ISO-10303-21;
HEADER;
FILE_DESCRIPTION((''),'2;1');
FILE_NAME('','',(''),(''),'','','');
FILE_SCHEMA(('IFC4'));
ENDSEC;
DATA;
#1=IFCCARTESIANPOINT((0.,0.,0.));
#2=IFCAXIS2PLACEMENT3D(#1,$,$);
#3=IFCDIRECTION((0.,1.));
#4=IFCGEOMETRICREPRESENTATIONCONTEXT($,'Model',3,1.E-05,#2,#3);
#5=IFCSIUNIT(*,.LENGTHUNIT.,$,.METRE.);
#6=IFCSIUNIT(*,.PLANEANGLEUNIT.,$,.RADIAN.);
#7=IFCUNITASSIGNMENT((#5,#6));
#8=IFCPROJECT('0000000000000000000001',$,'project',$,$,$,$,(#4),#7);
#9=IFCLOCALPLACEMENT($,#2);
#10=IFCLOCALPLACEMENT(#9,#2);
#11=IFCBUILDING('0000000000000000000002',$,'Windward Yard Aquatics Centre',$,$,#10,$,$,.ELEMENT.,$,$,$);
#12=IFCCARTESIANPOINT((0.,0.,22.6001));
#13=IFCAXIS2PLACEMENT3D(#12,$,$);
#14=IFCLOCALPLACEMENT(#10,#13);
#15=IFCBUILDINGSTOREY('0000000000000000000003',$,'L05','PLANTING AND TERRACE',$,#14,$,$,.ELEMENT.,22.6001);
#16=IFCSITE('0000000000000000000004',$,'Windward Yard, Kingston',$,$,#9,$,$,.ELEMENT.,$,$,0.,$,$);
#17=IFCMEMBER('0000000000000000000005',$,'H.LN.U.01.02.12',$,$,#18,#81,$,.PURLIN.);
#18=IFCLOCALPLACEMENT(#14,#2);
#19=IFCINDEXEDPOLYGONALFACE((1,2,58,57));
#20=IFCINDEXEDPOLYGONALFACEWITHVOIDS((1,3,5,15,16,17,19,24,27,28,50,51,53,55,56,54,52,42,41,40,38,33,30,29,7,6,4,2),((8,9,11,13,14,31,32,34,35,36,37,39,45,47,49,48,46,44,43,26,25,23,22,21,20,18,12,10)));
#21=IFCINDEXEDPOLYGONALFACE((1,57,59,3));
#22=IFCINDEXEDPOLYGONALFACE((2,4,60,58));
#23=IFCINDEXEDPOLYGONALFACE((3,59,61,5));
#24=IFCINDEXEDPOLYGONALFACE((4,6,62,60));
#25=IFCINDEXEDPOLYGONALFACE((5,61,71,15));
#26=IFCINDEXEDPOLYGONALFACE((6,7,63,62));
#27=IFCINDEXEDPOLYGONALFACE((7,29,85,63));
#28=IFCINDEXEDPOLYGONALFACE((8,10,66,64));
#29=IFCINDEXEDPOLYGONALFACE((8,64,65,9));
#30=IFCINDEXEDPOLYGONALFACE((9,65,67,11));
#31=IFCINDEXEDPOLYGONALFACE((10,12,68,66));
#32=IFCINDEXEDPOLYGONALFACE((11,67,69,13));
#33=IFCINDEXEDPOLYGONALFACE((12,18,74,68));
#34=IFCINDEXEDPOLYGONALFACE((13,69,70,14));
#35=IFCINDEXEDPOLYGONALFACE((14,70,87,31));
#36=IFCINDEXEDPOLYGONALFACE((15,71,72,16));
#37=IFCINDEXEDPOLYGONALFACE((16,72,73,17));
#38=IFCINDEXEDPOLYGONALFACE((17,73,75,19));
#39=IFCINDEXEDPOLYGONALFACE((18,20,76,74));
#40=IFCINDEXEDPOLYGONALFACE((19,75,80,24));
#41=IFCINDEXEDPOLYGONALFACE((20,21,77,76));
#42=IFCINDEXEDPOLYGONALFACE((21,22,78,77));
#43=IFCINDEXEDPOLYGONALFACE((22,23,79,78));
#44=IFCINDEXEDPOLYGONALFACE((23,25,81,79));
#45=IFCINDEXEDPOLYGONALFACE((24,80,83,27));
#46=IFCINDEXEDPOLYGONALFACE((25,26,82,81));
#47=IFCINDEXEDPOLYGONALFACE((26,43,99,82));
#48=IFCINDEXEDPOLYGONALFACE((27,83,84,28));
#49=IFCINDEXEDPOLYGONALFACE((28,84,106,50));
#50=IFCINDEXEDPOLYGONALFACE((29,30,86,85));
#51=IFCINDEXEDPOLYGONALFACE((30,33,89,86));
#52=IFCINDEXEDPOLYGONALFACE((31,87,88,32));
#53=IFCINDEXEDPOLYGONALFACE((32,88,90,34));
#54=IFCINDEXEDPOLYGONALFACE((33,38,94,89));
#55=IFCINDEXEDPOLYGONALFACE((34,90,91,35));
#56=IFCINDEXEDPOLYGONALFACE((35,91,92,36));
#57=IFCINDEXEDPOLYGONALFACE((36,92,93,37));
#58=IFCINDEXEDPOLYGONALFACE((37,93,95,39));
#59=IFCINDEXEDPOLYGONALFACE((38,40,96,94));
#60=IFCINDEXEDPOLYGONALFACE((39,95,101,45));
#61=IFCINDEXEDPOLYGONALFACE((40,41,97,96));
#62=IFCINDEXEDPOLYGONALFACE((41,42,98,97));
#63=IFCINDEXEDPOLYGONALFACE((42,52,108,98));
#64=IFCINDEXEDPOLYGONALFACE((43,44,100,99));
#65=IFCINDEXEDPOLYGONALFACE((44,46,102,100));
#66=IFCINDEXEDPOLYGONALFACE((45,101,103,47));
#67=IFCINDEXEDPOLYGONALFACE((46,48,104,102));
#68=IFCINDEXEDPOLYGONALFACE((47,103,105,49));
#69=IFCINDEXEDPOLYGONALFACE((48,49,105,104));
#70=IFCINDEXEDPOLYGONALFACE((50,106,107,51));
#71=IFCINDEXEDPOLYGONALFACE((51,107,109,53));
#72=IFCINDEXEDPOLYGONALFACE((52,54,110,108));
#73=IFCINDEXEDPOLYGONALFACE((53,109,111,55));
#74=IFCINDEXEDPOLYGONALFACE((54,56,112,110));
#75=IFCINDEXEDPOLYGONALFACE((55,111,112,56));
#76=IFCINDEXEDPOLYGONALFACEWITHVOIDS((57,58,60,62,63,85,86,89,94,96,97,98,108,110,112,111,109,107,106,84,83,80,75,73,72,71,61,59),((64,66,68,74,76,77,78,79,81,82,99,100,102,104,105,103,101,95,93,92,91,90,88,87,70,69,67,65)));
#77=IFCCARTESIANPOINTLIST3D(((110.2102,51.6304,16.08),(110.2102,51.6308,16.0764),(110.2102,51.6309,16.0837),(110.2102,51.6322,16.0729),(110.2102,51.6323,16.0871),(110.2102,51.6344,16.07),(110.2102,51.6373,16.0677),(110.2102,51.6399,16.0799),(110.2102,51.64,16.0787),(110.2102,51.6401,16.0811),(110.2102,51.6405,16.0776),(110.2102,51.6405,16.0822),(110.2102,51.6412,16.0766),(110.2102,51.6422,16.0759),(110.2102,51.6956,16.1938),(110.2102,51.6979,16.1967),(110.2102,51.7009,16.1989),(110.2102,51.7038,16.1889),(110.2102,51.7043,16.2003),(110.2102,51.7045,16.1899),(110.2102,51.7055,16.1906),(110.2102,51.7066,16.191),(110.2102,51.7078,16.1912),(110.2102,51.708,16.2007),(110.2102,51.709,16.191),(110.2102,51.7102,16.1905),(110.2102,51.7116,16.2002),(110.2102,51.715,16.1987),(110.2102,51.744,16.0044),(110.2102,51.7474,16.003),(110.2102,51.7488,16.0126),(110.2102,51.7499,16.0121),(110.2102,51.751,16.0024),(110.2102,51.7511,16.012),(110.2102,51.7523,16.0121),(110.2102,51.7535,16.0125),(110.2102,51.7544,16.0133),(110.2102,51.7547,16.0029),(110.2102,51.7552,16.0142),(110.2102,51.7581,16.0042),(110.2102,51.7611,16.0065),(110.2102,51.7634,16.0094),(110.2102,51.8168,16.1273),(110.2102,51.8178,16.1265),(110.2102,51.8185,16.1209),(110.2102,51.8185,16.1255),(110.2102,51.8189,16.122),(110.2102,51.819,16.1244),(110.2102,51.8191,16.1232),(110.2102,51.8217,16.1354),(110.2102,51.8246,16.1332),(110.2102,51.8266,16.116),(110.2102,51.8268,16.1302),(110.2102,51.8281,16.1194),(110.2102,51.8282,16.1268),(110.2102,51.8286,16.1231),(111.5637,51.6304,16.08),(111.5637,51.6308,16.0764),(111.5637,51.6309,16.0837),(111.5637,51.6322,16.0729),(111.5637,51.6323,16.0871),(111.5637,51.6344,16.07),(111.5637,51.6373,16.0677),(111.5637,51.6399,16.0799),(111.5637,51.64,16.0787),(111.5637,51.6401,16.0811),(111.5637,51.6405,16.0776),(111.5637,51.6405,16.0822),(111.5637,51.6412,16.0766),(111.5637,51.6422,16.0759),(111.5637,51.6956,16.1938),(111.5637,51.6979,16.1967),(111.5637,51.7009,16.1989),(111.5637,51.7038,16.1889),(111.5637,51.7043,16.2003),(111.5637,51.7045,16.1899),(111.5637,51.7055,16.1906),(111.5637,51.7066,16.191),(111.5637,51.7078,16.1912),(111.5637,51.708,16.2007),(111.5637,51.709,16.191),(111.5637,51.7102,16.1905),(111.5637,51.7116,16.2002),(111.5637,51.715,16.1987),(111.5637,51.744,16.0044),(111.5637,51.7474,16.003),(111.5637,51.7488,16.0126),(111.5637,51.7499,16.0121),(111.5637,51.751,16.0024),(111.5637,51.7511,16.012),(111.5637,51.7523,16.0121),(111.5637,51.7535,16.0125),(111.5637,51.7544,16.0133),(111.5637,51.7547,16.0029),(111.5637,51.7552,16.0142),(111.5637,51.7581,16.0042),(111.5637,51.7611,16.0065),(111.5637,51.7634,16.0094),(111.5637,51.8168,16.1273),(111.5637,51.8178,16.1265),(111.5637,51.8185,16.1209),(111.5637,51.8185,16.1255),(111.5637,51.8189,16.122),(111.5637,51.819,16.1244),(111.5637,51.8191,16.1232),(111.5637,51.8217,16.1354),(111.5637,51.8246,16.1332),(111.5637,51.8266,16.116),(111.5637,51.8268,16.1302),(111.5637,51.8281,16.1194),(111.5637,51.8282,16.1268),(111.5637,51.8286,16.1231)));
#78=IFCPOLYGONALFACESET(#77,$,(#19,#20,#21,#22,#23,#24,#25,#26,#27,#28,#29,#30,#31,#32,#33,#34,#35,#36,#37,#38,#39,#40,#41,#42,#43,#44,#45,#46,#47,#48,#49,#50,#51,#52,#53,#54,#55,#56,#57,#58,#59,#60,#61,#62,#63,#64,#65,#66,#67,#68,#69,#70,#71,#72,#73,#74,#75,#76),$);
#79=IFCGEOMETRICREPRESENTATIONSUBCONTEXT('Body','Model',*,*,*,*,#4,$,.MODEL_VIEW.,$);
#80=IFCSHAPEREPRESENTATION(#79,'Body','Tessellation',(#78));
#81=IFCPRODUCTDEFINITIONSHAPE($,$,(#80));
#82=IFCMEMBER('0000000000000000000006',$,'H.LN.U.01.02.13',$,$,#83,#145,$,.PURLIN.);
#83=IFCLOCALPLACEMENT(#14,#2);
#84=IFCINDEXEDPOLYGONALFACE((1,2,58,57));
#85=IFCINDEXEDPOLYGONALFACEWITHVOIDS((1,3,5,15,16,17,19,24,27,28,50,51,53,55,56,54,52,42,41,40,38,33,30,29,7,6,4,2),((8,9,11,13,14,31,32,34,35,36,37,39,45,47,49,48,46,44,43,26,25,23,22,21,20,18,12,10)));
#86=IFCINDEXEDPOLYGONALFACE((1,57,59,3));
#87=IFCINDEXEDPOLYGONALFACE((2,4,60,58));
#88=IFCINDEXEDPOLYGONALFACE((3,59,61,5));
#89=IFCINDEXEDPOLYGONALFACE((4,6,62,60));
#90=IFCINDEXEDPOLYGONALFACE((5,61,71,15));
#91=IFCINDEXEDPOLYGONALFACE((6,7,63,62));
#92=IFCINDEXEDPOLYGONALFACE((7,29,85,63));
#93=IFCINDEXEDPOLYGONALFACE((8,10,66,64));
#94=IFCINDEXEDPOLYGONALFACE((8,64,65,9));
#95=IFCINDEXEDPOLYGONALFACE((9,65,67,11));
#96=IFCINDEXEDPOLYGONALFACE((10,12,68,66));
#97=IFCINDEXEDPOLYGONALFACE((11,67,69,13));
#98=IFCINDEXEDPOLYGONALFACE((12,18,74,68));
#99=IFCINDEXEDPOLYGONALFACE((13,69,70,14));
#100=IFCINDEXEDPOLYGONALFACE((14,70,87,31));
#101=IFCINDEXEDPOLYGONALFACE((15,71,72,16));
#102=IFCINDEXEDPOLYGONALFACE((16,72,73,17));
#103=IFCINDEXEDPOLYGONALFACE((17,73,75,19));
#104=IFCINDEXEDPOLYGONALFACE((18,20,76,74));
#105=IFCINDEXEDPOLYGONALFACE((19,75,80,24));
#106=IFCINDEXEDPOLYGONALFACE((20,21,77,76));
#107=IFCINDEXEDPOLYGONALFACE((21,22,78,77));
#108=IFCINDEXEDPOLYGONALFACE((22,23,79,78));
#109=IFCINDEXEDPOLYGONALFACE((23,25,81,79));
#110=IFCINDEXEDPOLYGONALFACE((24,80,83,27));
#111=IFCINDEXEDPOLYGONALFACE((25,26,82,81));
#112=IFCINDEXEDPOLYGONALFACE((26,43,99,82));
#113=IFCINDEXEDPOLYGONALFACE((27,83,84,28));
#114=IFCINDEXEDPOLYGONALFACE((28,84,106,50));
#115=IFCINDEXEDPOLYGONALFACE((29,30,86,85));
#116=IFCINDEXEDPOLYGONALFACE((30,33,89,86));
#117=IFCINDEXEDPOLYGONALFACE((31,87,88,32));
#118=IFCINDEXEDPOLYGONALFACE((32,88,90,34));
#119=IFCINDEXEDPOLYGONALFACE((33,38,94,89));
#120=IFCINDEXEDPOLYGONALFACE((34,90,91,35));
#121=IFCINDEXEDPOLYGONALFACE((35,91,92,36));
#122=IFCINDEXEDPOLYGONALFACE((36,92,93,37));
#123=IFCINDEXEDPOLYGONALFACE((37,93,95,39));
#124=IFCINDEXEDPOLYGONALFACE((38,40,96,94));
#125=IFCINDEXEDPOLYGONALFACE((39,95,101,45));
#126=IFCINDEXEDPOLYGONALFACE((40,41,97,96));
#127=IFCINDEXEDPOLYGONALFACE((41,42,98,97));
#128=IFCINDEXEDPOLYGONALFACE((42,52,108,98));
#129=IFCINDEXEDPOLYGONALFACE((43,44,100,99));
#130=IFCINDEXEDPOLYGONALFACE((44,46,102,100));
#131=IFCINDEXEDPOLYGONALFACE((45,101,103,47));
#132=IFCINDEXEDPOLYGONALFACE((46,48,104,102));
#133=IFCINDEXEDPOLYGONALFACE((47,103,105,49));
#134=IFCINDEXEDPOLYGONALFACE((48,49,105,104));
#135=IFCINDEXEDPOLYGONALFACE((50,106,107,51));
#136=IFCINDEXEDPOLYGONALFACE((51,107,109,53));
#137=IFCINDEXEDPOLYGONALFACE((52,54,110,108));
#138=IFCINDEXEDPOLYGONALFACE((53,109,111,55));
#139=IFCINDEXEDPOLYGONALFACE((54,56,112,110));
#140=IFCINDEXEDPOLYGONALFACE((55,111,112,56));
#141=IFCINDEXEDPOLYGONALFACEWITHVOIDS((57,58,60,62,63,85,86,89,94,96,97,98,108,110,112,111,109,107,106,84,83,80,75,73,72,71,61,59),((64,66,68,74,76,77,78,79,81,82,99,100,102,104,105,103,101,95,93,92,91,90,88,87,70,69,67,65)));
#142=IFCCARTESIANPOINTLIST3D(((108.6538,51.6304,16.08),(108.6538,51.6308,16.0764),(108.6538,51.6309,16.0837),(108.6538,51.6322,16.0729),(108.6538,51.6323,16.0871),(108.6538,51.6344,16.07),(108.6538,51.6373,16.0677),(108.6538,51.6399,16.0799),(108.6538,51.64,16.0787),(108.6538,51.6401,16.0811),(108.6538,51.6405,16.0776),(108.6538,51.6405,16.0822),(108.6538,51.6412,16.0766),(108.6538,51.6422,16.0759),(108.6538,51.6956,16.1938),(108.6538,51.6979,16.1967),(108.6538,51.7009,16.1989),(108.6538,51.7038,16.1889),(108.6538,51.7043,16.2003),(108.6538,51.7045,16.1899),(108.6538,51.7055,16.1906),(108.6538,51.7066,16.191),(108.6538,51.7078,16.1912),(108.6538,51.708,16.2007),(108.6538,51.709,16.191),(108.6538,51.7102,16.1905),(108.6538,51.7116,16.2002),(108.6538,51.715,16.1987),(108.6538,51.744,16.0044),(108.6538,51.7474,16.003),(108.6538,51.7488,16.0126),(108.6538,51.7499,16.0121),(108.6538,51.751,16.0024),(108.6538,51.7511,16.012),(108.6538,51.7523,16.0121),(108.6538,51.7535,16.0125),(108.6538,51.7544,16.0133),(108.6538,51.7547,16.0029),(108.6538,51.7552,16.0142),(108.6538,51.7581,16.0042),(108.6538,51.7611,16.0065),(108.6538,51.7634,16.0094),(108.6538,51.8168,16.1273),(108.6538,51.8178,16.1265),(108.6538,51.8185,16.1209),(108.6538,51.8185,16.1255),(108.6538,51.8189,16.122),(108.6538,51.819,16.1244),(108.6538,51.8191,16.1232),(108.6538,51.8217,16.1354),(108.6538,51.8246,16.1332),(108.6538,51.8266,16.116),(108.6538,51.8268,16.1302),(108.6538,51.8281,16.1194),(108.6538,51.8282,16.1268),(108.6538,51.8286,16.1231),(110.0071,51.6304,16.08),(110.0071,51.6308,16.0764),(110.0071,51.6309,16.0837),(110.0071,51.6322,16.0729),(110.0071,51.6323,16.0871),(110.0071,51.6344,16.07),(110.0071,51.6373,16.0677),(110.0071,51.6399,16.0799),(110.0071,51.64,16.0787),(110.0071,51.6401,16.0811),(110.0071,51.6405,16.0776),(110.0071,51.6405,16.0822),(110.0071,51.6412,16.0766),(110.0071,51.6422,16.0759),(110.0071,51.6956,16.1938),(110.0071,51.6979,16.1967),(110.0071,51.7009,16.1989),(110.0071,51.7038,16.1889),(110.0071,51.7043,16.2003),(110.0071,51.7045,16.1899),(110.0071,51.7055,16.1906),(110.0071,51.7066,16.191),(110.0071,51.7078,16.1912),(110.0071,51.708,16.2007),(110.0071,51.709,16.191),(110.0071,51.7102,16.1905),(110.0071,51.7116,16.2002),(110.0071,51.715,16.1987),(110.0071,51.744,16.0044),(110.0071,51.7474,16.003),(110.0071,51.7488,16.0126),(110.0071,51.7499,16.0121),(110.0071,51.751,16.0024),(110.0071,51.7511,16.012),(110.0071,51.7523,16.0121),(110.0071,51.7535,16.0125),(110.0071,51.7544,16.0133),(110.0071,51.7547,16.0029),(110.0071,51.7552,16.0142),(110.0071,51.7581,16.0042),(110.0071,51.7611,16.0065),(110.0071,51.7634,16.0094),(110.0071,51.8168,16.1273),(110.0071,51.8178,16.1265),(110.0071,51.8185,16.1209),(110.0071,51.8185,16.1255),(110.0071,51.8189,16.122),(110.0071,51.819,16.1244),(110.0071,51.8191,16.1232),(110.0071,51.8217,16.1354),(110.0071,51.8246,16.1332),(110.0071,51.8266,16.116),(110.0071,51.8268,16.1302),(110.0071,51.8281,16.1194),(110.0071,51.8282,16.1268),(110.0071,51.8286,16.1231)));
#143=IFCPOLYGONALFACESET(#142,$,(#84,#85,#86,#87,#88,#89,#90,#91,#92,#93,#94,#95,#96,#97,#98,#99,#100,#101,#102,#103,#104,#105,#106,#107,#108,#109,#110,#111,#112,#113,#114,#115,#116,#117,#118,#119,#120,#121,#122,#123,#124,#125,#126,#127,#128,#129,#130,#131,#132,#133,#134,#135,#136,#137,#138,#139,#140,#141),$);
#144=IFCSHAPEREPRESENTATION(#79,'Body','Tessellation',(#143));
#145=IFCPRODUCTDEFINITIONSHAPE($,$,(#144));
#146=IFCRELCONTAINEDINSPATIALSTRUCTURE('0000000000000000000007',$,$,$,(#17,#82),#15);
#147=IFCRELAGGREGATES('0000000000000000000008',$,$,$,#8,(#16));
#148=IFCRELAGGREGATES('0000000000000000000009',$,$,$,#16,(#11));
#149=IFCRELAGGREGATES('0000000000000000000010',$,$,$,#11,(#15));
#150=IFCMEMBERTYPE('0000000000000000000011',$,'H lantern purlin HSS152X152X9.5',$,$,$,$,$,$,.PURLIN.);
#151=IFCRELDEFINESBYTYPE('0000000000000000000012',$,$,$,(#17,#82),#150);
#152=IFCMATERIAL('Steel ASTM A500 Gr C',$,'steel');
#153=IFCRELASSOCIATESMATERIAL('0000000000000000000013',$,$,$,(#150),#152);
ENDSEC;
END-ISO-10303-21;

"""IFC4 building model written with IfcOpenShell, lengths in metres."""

from ifc_helpers import new_model, si_unit, direction, frame, origin, origin_2d, place, context, subcontext, project, spatial, hollow_rectangle, extrude, material, material_profile, profile_set, type_object, element, save


model = new_model("IFC4")

# Units and contexts
model_context = context("Model", 3, precision=1e-05, world=origin(), true_north=direction((0.0, 1.0)))
body_context = subcontext(model_context, "Body", "Model", "MODEL_VIEW")
ifc_project = project(units=[si_unit("LENGTHUNIT", "METRE"), si_unit("PLANEANGLEUNIT", "RADIAN")], contexts=[model_context])

# Site, building, storey
site_placement = place(None, origin())
site = spatial("IfcSite", under=ifc_project, at=site_placement, Name="Windward Yard, Kingston", CompositionType="ELEMENT", RefElevation=0.0)
building_placement = place(site_placement, origin())
building = spatial("IfcBuilding", under=site, at=building_placement, Name="Windward Yard Aquatics Centre", CompositionType="ELEMENT")
storey_placement = place(building_placement, frame((0.0, 0.0, 22.6001)))
storey = spatial("IfcBuildingStorey", under=building, at=storey_placement, Name="L05", Description="PLANTING AND TERRACE", CompositionType="ELEMENT", Elevation=22.6001)

# Members
ifc_material_1 = material(Name="Steel ASTM A500 Gr C", Category="steel")
ifc_material_profile_1 = material_profile(ifc_material_1, hollow_rectangle(XDim=0.1523, YDim=0.1523, WallThickness=0.0095, InnerFilletRadius=0.0046, OuterFilletRadius=0.0142, at=origin_2d()), Name="HSS152X152X9.5")
ifc_profile_set_1 = profile_set([ifc_material_profile_1], Name="Steel ASTM A500 Gr C")
member_type_1 = type_object("IfcMemberType", Name="H lantern purlin HSS152X152X9.5", PredefinedType="PURLIN", material=ifc_profile_set_1)
member_1_placement = place(storey_placement, frame((111.5637, 51.7295, 16.1016), z_axis=(-1.0, 0.0, 0.0), x_axis=(0.0, -0.51012, -0.860103)))
element("IfcMember", 1, at=member_1_placement, inside=storey, type_object=member_type_1, Name="H.LN.U.01.02.12", PredefinedType="PURLIN", context=body_context, shape_type="SweptSolid", body=[
    extrude(hollow_rectangle(XDim=0.1523, YDim=0.1523, WallThickness=0.0095, InnerFilletRadius=0.0046, OuterFilletRadius=0.0142, at=origin_2d()), origin(), (0.0, 0.0, 1.0), 1.3535),
])
for number, where, z_axis, x_axis, name in (
    (2, (110.0071, 51.7295, 16.1016), (-1.0, 0.0, 0.0), (0.0, -0.51012, -0.860103), "H.LN.U.01.02.13"),
):
    element("IfcMember", number, at=place(storey_placement, frame(where, z_axis=z_axis, x_axis=x_axis)), inside=storey, type_object=member_type_1, Name=name, PredefinedType="PURLIN", context=body_context, shape_type="SweptSolid", body=[
        extrude(hollow_rectangle(XDim=0.1523, YDim=0.1523, WallThickness=0.0095, InnerFilletRadius=0.0046, OuterFilletRadius=0.0142, at=origin_2d()), origin(), (0.0, 0.0, 1.0), 1.3533),
    ])

save(model, "model.ifc")
